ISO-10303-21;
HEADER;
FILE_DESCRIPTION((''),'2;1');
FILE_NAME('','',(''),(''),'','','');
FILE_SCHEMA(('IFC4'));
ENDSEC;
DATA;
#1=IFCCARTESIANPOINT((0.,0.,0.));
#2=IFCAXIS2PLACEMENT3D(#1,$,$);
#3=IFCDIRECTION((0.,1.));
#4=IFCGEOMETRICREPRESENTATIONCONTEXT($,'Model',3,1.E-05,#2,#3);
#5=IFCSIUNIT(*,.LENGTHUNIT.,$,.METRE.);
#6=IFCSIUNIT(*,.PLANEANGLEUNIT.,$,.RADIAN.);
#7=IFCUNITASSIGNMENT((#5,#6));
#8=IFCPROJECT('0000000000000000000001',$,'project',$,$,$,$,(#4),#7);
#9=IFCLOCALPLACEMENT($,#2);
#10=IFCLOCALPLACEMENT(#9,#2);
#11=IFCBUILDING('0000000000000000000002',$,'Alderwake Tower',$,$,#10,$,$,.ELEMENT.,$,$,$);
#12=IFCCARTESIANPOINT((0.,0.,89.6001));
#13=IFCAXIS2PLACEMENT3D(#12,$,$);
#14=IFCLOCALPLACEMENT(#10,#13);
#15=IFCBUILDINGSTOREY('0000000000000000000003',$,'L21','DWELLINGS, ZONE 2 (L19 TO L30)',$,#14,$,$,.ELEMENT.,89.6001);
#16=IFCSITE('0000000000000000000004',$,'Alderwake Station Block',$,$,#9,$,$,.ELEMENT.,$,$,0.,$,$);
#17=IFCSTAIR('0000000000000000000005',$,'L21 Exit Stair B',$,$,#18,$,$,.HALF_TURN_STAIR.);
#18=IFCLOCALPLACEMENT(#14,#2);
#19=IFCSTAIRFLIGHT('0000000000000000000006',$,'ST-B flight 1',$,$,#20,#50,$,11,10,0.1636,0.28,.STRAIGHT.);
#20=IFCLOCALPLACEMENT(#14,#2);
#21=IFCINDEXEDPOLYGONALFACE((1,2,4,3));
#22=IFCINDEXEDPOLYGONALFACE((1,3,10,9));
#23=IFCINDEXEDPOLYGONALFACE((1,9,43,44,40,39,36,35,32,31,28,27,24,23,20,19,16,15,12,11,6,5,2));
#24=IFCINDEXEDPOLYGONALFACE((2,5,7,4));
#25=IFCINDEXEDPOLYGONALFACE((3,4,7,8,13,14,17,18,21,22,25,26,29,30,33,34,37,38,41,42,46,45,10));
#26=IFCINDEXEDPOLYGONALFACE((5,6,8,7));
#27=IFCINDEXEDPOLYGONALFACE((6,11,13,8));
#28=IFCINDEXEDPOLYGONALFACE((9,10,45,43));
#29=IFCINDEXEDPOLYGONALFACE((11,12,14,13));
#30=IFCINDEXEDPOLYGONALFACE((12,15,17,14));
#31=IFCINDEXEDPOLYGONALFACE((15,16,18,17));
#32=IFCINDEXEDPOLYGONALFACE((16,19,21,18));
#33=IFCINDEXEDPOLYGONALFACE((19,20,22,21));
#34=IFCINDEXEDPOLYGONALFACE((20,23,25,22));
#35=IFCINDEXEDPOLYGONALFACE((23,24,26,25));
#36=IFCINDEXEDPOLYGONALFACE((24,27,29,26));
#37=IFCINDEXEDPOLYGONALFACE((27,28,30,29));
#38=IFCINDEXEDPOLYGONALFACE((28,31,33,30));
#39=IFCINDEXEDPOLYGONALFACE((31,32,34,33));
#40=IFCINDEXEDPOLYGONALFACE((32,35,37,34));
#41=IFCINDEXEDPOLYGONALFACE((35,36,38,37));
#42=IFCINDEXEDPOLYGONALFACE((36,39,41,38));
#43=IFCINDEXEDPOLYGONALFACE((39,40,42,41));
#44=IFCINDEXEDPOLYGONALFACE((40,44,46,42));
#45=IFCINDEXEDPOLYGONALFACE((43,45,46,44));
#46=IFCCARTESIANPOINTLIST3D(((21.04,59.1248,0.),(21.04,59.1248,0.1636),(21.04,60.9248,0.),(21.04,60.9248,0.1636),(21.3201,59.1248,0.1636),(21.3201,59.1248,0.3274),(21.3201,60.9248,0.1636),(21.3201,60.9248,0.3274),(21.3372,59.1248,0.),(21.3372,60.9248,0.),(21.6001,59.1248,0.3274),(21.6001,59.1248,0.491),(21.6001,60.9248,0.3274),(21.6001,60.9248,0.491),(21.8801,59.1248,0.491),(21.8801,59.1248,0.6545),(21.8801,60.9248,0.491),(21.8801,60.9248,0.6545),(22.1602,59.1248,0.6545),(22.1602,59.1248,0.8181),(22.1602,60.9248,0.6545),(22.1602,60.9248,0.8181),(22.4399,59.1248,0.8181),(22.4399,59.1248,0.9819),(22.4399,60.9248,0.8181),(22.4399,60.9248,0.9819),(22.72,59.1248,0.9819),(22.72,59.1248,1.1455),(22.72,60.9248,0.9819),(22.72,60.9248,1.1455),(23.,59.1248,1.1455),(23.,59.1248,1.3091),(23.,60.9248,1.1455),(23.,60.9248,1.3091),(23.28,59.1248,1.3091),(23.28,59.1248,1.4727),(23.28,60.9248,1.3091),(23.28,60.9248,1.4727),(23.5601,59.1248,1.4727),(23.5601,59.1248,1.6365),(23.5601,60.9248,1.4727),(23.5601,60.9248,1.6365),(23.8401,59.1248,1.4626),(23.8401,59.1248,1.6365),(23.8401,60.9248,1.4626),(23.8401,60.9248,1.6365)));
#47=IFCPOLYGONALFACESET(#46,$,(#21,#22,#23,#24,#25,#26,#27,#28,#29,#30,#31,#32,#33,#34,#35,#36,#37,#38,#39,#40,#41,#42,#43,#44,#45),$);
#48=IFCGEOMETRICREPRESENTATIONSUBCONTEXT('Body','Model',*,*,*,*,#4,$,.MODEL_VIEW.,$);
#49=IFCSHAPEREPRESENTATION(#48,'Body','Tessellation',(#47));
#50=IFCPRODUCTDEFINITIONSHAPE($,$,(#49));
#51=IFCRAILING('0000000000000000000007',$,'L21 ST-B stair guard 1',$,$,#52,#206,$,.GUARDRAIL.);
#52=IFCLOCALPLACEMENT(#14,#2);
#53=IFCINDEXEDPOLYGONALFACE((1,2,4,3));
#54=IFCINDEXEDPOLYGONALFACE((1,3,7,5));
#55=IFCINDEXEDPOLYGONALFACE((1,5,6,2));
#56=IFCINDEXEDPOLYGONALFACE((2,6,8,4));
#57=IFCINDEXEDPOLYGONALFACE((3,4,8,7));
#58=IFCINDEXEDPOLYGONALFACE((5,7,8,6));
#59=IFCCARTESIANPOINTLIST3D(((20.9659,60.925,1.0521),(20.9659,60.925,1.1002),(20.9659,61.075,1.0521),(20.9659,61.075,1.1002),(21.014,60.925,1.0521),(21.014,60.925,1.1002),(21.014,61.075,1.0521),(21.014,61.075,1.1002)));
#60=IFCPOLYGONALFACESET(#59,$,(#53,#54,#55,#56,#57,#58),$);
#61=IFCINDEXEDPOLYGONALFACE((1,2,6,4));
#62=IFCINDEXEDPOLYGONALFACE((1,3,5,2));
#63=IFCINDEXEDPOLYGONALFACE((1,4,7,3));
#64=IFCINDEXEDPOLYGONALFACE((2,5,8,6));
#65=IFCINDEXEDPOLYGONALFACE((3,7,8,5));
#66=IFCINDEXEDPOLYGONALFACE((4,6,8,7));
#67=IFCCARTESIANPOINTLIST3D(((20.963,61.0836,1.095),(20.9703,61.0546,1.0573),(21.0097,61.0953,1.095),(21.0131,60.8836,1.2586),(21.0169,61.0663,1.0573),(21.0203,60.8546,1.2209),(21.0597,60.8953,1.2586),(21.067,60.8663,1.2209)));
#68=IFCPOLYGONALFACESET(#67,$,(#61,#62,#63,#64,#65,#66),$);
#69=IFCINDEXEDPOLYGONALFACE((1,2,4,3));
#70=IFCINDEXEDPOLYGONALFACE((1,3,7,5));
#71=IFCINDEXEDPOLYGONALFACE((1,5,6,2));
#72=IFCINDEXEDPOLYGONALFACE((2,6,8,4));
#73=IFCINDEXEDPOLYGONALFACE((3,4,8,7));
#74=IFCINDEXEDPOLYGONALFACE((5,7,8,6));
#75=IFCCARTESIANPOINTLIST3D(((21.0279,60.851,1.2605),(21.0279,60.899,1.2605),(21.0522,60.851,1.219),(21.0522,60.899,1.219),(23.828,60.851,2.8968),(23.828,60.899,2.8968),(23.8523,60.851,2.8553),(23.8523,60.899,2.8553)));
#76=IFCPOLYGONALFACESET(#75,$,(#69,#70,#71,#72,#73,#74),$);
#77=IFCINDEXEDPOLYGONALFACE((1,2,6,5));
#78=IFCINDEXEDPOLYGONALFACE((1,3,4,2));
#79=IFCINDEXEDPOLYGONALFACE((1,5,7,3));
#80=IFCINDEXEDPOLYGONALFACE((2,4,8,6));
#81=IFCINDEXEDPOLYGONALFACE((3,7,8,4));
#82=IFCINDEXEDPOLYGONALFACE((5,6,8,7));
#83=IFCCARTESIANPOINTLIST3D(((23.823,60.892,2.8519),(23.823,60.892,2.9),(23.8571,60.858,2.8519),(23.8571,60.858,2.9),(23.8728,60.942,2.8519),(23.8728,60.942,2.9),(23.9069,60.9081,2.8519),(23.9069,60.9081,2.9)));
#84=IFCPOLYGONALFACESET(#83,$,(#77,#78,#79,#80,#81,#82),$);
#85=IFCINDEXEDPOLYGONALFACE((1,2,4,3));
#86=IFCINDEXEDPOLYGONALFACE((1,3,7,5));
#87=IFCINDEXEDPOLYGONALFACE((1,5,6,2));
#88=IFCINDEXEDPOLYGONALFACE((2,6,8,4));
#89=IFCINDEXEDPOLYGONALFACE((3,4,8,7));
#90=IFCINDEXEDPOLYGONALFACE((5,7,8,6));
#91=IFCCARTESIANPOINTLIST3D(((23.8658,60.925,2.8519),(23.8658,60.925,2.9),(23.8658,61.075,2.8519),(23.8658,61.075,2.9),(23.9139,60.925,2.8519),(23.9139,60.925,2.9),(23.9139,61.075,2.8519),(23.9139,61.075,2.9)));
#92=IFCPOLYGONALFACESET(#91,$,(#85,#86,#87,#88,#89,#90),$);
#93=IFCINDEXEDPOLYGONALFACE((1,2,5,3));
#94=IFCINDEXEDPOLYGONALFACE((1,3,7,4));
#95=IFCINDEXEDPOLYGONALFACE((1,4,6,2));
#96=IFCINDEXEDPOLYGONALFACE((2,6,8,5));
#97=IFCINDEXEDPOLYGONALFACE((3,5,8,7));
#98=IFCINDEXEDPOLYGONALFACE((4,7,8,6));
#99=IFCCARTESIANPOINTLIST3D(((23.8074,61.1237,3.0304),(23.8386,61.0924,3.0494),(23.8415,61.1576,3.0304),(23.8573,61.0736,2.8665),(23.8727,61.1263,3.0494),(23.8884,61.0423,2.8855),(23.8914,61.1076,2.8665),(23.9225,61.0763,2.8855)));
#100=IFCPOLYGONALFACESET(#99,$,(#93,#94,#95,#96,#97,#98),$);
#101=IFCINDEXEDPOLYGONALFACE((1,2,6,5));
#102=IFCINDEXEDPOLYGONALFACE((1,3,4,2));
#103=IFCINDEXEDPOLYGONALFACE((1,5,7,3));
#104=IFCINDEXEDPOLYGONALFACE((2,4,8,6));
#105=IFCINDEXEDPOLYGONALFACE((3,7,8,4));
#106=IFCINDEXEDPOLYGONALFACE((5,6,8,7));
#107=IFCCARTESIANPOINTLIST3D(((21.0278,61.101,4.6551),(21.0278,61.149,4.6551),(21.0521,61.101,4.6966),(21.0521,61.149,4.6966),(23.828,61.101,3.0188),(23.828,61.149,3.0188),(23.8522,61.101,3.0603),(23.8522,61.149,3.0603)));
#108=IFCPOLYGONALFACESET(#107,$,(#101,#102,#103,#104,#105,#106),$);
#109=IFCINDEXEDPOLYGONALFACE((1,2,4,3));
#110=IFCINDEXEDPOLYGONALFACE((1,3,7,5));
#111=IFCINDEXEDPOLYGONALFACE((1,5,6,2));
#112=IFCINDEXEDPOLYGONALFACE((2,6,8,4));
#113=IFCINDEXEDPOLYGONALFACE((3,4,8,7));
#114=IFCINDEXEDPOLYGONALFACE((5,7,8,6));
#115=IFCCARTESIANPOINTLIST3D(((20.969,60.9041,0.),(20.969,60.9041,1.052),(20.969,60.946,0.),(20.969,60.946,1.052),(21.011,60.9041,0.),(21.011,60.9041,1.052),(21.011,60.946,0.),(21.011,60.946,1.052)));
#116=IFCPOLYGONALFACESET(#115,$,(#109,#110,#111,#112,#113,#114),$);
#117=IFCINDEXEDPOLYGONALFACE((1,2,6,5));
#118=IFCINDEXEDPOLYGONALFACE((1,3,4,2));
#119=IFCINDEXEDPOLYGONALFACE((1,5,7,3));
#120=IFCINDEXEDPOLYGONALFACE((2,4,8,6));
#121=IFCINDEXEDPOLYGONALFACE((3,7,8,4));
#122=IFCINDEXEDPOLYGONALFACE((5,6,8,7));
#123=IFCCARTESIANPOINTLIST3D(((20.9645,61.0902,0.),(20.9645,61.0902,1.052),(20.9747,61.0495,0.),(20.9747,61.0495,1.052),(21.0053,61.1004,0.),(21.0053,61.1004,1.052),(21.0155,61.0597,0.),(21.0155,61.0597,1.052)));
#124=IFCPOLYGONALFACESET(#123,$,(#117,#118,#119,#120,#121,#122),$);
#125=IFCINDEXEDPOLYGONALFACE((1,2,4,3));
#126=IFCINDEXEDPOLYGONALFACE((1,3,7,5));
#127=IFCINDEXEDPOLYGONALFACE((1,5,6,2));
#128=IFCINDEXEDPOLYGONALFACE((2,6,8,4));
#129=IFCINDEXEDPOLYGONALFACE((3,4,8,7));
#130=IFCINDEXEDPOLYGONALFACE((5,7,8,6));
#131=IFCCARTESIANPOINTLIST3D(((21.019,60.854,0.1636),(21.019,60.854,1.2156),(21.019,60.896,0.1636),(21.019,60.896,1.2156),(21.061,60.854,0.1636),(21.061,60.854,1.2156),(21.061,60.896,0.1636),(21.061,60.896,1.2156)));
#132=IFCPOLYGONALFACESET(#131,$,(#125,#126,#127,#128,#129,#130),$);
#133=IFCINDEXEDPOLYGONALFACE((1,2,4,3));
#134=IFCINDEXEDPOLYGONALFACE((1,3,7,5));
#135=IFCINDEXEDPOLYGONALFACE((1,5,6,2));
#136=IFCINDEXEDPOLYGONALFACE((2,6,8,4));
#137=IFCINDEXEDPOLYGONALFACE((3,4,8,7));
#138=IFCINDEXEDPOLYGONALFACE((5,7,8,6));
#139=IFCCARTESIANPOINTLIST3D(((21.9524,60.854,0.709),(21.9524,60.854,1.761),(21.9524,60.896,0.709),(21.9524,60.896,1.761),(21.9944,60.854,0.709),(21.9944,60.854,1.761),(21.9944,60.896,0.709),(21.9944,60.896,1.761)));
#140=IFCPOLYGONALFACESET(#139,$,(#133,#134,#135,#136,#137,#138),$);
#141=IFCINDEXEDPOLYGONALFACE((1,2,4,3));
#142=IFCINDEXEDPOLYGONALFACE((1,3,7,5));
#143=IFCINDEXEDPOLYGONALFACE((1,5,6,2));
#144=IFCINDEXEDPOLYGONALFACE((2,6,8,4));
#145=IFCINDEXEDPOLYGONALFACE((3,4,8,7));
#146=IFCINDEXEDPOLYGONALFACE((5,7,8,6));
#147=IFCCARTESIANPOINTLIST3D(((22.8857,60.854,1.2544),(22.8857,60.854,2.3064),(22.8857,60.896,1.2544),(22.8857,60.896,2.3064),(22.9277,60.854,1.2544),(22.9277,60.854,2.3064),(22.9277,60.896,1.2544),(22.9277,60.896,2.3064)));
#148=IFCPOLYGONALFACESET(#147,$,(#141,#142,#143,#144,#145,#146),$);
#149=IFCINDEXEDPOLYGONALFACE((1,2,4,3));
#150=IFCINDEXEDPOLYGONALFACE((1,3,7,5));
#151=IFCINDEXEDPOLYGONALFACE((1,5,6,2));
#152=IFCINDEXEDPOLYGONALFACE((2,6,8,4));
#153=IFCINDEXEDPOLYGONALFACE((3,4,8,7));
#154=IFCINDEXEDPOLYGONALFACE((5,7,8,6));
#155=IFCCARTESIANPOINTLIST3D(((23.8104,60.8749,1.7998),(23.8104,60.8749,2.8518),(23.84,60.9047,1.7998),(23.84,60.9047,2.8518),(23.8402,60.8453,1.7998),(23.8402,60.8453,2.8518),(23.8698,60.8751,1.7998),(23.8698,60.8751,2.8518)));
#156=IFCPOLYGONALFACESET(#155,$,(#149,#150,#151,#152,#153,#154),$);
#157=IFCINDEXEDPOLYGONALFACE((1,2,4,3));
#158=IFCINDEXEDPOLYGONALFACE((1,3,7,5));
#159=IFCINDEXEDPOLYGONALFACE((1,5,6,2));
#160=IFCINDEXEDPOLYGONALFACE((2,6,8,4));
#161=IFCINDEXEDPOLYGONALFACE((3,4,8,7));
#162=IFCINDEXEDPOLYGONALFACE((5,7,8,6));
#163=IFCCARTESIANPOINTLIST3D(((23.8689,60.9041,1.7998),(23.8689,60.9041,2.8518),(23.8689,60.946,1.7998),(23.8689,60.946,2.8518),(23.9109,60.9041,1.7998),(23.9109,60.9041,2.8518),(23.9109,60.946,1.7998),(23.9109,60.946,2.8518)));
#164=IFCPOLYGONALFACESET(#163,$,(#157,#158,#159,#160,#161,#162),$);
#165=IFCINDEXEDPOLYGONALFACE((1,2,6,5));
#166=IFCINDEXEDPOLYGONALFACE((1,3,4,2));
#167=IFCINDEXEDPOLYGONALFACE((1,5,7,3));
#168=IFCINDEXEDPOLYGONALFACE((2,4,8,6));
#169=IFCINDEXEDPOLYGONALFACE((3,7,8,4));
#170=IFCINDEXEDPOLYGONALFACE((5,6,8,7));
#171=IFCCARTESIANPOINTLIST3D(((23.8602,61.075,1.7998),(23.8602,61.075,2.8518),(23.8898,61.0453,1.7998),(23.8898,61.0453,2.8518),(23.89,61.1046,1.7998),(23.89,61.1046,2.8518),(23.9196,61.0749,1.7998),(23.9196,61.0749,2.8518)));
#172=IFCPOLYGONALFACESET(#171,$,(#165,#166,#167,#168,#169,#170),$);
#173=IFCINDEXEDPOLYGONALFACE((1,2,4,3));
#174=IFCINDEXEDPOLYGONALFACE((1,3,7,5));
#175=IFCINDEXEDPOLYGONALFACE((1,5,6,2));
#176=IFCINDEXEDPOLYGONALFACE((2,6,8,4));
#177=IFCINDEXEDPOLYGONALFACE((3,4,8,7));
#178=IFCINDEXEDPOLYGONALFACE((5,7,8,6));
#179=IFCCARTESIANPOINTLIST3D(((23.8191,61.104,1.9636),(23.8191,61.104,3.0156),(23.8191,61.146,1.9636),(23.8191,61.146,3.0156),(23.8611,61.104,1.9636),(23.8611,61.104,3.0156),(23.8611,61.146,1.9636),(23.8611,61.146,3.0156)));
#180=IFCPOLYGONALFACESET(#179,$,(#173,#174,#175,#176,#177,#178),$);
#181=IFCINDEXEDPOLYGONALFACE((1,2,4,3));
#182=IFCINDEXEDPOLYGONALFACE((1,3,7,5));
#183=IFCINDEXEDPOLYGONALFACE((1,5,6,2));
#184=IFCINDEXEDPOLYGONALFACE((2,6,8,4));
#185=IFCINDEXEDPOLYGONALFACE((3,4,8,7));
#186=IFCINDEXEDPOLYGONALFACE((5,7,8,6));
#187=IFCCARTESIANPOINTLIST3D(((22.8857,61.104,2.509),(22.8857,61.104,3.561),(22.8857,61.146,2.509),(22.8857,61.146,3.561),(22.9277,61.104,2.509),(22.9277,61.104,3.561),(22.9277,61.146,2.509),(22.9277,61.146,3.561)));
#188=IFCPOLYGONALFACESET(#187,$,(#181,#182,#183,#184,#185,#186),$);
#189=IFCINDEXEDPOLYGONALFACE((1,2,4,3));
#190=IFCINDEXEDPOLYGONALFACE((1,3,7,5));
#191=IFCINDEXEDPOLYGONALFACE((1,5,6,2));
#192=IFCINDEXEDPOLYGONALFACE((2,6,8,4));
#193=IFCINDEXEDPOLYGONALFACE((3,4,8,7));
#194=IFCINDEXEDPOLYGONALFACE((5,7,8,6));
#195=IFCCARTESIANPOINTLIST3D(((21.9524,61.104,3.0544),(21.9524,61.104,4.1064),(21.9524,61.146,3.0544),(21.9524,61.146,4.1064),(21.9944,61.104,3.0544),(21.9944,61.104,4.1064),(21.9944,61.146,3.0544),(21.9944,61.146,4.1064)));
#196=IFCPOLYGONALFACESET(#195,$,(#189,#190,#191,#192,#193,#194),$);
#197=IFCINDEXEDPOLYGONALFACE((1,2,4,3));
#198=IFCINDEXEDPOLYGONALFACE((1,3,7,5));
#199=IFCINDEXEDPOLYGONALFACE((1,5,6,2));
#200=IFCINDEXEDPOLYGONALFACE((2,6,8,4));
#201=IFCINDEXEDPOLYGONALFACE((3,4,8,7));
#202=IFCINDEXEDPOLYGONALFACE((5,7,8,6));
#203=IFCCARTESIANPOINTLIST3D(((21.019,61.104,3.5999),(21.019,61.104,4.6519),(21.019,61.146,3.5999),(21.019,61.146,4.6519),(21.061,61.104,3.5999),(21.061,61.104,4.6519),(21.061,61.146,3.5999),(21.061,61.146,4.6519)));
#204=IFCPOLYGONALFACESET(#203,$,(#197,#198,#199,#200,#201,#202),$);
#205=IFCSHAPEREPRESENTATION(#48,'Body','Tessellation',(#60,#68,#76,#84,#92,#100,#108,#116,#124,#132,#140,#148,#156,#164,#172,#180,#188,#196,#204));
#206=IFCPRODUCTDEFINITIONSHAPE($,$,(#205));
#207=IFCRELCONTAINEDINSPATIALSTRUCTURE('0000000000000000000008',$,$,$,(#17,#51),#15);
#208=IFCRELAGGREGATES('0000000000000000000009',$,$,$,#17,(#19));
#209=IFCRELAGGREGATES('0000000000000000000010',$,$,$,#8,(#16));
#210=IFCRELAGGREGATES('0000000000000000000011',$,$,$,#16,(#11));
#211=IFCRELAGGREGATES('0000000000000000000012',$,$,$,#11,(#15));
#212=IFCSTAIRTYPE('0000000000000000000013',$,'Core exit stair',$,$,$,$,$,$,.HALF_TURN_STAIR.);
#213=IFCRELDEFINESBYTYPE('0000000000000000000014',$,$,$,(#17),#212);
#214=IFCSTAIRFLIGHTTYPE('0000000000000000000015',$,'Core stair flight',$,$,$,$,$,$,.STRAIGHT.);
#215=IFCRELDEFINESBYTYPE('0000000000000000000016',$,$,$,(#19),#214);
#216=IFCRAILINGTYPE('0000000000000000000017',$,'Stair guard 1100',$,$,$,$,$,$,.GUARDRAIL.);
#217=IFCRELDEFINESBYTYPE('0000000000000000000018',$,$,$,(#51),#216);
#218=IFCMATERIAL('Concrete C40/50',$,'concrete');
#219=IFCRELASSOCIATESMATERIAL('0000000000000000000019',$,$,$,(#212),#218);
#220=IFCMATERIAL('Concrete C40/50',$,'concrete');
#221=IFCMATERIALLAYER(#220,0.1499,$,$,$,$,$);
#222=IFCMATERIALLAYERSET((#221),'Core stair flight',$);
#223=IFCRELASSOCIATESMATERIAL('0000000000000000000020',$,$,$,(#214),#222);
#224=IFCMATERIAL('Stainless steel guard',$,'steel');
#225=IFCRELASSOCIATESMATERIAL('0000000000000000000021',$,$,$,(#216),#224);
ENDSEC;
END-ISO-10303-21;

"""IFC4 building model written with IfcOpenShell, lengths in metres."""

from ifc_helpers import new_model, si_unit, direction, frame, origin, origin_2d, place, context, subcontext, project, spatial, polyline, rectangle, outline, extrude, material, layer, layer_set, type_object, element, aggregate, save


model = new_model("IFC4")

# Units and contexts
model_context = context("Model", 3, precision=1e-05, world=origin(), true_north=direction((0.0, 1.0)))
body_context = subcontext(model_context, "Body", "Model", "MODEL_VIEW")
ifc_project = project(units=[si_unit("LENGTHUNIT", "METRE"), si_unit("PLANEANGLEUNIT", "RADIAN")], contexts=[model_context])

# Site, building, storey
site_placement = place(None, origin())
site = spatial("IfcSite", under=ifc_project, at=site_placement, Name="Alderwake Station Block", CompositionType="ELEMENT", RefElevation=0.0)
building_placement = place(site_placement, origin())
building = spatial("IfcBuilding", under=site, at=building_placement, Name="Alderwake Tower", CompositionType="ELEMENT")
storey_placement = place(building_placement, frame((0.0, 0.0, 89.6001)))
storey = spatial("IfcBuildingStorey", under=building, at=storey_placement, Name="L21", Description="DWELLINGS, ZONE 2 (L19 TO L30)", CompositionType="ELEMENT", Elevation=89.6001)

# Stair, stair flight
ifc_material_1 = material(Name="Concrete C40/50", Category="concrete")
stair_type = type_object("IfcStairType", Name="Core exit stair", PredefinedType="HALF_TURN_STAIR", material=ifc_material_1)
stair_placement = place(storey_placement, origin())
stair = element("IfcStair", 1, at=stair_placement, inside=storey, type_object=stair_type, Name="L21 Exit Stair B", PredefinedType="HALF_TURN_STAIR")
ifc_material_2 = material(Name="Concrete C40/50", Category="concrete")
ifc_layer_1 = layer(ifc_material_2, 0.1499)
ifc_layer_set_1 = layer_set([ifc_layer_1], Name="Core stair flight")
stair_flight_type = type_object("IfcStairFlightType", Name="Core stair flight", PredefinedType="STRAIGHT", material=ifc_layer_set_1)
stair_flight_placement = place(storey_placement, frame((21.04, 60.0249, 0.0), z_axis=(0.0, 0.0, 1.0), x_axis=(1.0, 0.0, 0.0)))
stair_flight = element("IfcStairFlight", 2, at=stair_flight_placement, type_object=stair_flight_type, Name="ST-B flight 1", NumberOfRisers=11, NumberOfTreads=10, PredefinedType="STRAIGHT", RiserHeight=0.1636, TreadLength=0.28, context=body_context, shape_type="SweptSolid", body=[
    extrude(outline(polyline([(0.0, 0.0), (0.0, 0.1636), (0.28, 0.1636), (0.28, 0.3274), (0.5601, 0.3274), (0.5601, 0.491), (0.8401, 0.491), (0.8401, 0.6545), (1.1201, 0.6545), (1.1201, 0.8181), (1.3999, 0.8181), (1.3999, 0.9819), (1.6799, 0.9819), (1.6799, 1.1455), (1.96, 1.1455), (1.96, 1.3091), (2.24, 1.3091), (2.24, 1.4727), (2.52, 1.4727), (2.52, 1.6365), (2.8, 1.6365), (2.8, 1.8), (2.8, 1.4626), (0.2971, 0.0), (0.0, 0.0)])), frame((0.0, 0.8999, 0.0), z_axis=(0.0, -1.0, 0.0), x_axis=(1.0, 0.0, 0.0)), (0.0, 0.0, 1.0), 1.8),
])
aggregate(stair, [stair_flight])

# Railing
ifc_material_3 = material(Name="Stainless steel guard", Category="steel")
railing_type_1 = type_object("IfcRailingType", Name="Stair guard 1100", PredefinedType="GUARDRAIL", material=ifc_material_3)
railing_1_placement = place(storey_placement, frame((20.99, 60.925, 0.0)))
element("IfcRailing", 3, at=railing_1_placement, inside=storey, type_object=railing_type_1, Name="L21 ST-B stair guard 1", PredefinedType="GUARDRAIL", context=body_context, shape_type="SweptSolid", body=[
    extrude(rectangle(XDim=0.0481, YDim=0.0481, at=origin_2d()), frame((0.0, 0.0, 1.0762), z_axis=(0.0, 1.0, 0.0), x_axis=(-1.0, 0.0, 0.0)), (0.0, 0.0, 1.0), 0.1499),
    extrude(rectangle(XDim=0.0481, YDim=0.0481, at=origin_2d()), frame((0.0, 0.1499, 1.0762), z_axis=(0.1902, -0.75987, 0.621628), x_axis=(0.970073, 0.242814, 0.0)), (0.0, 0.0, 1.0), 0.2632),
    extrude(rectangle(XDim=0.0481, YDim=0.0481, at=origin_2d()), frame((0.05, -0.05, 1.2397), z_axis=(0.863394, 0.0, 0.504531), x_axis=(0.0, 1.0, 0.0)), (0.0, 0.0, 1.0), 3.2432),
    extrude(rectangle(XDim=0.0481, YDim=0.0481, at=origin_2d()), frame((2.8501, -0.05, 2.876), z_axis=(0.705376, 0.708834, 0.0), x_axis=(-0.708834, 0.705376, 0.0)), (0.0, 0.0, 1.0), 0.0706),
    extrude(rectangle(XDim=0.0481, YDim=0.0481, at=origin_2d()), frame((2.8999, 0.0, 2.876), z_axis=(0.0, 1.0, 0.0), x_axis=(-1.0, 0.0, 0.0)), (0.0, 0.0, 1.0), 0.1499),
    extrude(rectangle(XDim=0.0481, YDim=0.0481, at=origin_2d()), frame((2.8999, 0.1499, 2.876), z_axis=(-0.279195, 0.280564, 0.918332), x_axis=(-0.708834, -0.705376, 0.0)), (0.0, 0.0, 1.0), 0.1785),
    extrude(rectangle(XDim=0.0481, YDim=0.0481, at=origin_2d()), frame((2.8501, 0.2, 3.0396), z_axis=(-0.863394, 0.0, 0.504531), x_axis=(0.0, -1.0, 0.0)), (0.0, 0.0, 1.0), 3.2432),
    extrude(rectangle(XDim=0.042, YDim=0.042, at=origin_2d()), frame((0.0, 0.0, 0.0), z_axis=(0.0, 0.0, 1.0), x_axis=(0.0, 1.0, 0.0)), (0.0, 0.0, 1.0), 1.052),
    extrude(rectangle(XDim=0.042, YDim=0.042, at=origin_2d()), frame((0.0, 0.1499, 0.0), z_axis=(0.0, 0.0, 1.0), x_axis=(0.242814, -0.970073, 0.0)), (0.0, 0.0, 1.0), 1.052),
    extrude(rectangle(XDim=0.042, YDim=0.042, at=origin_2d()), frame((0.05, -0.05, 0.1636), z_axis=(0.0, 0.0, 1.0), x_axis=(1.0, 0.0, 0.0)), (0.0, 0.0, 1.0), 1.052),
    extrude(rectangle(XDim=0.042, YDim=0.042, at=origin_2d()), frame((0.9834, -0.05, 0.709), z_axis=(0.0, 0.0, 1.0), x_axis=(1.0, 0.0, 0.0)), (0.0, 0.0, 1.0), 1.052),
    extrude(rectangle(XDim=0.042, YDim=0.042, at=origin_2d()), frame((1.9167, -0.05, 1.2544), z_axis=(0.0, 0.0, 1.0), x_axis=(1.0, 0.0, 0.0)), (0.0, 0.0, 1.0), 1.052),
    extrude(rectangle(XDim=0.042, YDim=0.042, at=origin_2d()), frame((2.8501, -0.05, 1.7998), z_axis=(0.0, 0.0, 1.0), x_axis=(0.705376, 0.708834, 0.0)), (0.0, 0.0, 1.0), 1.052),
    extrude(rectangle(XDim=0.042, YDim=0.042, at=origin_2d()), frame((2.8999, 0.0, 1.7998), z_axis=(0.0, 0.0, 1.0), x_axis=(0.0, 1.0, 0.0)), (0.0, 0.0, 1.0), 1.052),
    extrude(rectangle(XDim=0.042, YDim=0.042, at=origin_2d()), frame((2.8999, 0.1499, 1.7998), z_axis=(0.0, 0.0, 1.0), x_axis=(-0.705376, 0.708834, 0.0)), (0.0, 0.0, 1.0), 1.052),
    extrude(rectangle(XDim=0.042, YDim=0.042, at=origin_2d()), frame((2.8501, 0.2, 1.9636), z_axis=(0.0, 0.0, 1.0), x_axis=(-1.0, 0.0, 0.0)), (0.0, 0.0, 1.0), 1.052),
    extrude(rectangle(XDim=0.042, YDim=0.042, at=origin_2d()), frame((1.9167, 0.2, 2.509), z_axis=(0.0, 0.0, 1.0), x_axis=(-1.0, 0.0, 0.0)), (0.0, 0.0, 1.0), 1.052),
    extrude(rectangle(XDim=0.042, YDim=0.042, at=origin_2d()), frame((0.9834, 0.2, 3.0544), z_axis=(0.0, 0.0, 1.0), x_axis=(-1.0, 0.0, 0.0)), (0.0, 0.0, 1.0), 1.052),
    extrude(rectangle(XDim=0.042, YDim=0.042, at=origin_2d()), frame((0.05, 0.2, 3.5999), z_axis=(0.0, 0.0, 1.0), x_axis=(-1.0, 0.0, 0.0)), (0.0, 0.0, 1.0), 1.052),
])

save(model, "model.ifc")
